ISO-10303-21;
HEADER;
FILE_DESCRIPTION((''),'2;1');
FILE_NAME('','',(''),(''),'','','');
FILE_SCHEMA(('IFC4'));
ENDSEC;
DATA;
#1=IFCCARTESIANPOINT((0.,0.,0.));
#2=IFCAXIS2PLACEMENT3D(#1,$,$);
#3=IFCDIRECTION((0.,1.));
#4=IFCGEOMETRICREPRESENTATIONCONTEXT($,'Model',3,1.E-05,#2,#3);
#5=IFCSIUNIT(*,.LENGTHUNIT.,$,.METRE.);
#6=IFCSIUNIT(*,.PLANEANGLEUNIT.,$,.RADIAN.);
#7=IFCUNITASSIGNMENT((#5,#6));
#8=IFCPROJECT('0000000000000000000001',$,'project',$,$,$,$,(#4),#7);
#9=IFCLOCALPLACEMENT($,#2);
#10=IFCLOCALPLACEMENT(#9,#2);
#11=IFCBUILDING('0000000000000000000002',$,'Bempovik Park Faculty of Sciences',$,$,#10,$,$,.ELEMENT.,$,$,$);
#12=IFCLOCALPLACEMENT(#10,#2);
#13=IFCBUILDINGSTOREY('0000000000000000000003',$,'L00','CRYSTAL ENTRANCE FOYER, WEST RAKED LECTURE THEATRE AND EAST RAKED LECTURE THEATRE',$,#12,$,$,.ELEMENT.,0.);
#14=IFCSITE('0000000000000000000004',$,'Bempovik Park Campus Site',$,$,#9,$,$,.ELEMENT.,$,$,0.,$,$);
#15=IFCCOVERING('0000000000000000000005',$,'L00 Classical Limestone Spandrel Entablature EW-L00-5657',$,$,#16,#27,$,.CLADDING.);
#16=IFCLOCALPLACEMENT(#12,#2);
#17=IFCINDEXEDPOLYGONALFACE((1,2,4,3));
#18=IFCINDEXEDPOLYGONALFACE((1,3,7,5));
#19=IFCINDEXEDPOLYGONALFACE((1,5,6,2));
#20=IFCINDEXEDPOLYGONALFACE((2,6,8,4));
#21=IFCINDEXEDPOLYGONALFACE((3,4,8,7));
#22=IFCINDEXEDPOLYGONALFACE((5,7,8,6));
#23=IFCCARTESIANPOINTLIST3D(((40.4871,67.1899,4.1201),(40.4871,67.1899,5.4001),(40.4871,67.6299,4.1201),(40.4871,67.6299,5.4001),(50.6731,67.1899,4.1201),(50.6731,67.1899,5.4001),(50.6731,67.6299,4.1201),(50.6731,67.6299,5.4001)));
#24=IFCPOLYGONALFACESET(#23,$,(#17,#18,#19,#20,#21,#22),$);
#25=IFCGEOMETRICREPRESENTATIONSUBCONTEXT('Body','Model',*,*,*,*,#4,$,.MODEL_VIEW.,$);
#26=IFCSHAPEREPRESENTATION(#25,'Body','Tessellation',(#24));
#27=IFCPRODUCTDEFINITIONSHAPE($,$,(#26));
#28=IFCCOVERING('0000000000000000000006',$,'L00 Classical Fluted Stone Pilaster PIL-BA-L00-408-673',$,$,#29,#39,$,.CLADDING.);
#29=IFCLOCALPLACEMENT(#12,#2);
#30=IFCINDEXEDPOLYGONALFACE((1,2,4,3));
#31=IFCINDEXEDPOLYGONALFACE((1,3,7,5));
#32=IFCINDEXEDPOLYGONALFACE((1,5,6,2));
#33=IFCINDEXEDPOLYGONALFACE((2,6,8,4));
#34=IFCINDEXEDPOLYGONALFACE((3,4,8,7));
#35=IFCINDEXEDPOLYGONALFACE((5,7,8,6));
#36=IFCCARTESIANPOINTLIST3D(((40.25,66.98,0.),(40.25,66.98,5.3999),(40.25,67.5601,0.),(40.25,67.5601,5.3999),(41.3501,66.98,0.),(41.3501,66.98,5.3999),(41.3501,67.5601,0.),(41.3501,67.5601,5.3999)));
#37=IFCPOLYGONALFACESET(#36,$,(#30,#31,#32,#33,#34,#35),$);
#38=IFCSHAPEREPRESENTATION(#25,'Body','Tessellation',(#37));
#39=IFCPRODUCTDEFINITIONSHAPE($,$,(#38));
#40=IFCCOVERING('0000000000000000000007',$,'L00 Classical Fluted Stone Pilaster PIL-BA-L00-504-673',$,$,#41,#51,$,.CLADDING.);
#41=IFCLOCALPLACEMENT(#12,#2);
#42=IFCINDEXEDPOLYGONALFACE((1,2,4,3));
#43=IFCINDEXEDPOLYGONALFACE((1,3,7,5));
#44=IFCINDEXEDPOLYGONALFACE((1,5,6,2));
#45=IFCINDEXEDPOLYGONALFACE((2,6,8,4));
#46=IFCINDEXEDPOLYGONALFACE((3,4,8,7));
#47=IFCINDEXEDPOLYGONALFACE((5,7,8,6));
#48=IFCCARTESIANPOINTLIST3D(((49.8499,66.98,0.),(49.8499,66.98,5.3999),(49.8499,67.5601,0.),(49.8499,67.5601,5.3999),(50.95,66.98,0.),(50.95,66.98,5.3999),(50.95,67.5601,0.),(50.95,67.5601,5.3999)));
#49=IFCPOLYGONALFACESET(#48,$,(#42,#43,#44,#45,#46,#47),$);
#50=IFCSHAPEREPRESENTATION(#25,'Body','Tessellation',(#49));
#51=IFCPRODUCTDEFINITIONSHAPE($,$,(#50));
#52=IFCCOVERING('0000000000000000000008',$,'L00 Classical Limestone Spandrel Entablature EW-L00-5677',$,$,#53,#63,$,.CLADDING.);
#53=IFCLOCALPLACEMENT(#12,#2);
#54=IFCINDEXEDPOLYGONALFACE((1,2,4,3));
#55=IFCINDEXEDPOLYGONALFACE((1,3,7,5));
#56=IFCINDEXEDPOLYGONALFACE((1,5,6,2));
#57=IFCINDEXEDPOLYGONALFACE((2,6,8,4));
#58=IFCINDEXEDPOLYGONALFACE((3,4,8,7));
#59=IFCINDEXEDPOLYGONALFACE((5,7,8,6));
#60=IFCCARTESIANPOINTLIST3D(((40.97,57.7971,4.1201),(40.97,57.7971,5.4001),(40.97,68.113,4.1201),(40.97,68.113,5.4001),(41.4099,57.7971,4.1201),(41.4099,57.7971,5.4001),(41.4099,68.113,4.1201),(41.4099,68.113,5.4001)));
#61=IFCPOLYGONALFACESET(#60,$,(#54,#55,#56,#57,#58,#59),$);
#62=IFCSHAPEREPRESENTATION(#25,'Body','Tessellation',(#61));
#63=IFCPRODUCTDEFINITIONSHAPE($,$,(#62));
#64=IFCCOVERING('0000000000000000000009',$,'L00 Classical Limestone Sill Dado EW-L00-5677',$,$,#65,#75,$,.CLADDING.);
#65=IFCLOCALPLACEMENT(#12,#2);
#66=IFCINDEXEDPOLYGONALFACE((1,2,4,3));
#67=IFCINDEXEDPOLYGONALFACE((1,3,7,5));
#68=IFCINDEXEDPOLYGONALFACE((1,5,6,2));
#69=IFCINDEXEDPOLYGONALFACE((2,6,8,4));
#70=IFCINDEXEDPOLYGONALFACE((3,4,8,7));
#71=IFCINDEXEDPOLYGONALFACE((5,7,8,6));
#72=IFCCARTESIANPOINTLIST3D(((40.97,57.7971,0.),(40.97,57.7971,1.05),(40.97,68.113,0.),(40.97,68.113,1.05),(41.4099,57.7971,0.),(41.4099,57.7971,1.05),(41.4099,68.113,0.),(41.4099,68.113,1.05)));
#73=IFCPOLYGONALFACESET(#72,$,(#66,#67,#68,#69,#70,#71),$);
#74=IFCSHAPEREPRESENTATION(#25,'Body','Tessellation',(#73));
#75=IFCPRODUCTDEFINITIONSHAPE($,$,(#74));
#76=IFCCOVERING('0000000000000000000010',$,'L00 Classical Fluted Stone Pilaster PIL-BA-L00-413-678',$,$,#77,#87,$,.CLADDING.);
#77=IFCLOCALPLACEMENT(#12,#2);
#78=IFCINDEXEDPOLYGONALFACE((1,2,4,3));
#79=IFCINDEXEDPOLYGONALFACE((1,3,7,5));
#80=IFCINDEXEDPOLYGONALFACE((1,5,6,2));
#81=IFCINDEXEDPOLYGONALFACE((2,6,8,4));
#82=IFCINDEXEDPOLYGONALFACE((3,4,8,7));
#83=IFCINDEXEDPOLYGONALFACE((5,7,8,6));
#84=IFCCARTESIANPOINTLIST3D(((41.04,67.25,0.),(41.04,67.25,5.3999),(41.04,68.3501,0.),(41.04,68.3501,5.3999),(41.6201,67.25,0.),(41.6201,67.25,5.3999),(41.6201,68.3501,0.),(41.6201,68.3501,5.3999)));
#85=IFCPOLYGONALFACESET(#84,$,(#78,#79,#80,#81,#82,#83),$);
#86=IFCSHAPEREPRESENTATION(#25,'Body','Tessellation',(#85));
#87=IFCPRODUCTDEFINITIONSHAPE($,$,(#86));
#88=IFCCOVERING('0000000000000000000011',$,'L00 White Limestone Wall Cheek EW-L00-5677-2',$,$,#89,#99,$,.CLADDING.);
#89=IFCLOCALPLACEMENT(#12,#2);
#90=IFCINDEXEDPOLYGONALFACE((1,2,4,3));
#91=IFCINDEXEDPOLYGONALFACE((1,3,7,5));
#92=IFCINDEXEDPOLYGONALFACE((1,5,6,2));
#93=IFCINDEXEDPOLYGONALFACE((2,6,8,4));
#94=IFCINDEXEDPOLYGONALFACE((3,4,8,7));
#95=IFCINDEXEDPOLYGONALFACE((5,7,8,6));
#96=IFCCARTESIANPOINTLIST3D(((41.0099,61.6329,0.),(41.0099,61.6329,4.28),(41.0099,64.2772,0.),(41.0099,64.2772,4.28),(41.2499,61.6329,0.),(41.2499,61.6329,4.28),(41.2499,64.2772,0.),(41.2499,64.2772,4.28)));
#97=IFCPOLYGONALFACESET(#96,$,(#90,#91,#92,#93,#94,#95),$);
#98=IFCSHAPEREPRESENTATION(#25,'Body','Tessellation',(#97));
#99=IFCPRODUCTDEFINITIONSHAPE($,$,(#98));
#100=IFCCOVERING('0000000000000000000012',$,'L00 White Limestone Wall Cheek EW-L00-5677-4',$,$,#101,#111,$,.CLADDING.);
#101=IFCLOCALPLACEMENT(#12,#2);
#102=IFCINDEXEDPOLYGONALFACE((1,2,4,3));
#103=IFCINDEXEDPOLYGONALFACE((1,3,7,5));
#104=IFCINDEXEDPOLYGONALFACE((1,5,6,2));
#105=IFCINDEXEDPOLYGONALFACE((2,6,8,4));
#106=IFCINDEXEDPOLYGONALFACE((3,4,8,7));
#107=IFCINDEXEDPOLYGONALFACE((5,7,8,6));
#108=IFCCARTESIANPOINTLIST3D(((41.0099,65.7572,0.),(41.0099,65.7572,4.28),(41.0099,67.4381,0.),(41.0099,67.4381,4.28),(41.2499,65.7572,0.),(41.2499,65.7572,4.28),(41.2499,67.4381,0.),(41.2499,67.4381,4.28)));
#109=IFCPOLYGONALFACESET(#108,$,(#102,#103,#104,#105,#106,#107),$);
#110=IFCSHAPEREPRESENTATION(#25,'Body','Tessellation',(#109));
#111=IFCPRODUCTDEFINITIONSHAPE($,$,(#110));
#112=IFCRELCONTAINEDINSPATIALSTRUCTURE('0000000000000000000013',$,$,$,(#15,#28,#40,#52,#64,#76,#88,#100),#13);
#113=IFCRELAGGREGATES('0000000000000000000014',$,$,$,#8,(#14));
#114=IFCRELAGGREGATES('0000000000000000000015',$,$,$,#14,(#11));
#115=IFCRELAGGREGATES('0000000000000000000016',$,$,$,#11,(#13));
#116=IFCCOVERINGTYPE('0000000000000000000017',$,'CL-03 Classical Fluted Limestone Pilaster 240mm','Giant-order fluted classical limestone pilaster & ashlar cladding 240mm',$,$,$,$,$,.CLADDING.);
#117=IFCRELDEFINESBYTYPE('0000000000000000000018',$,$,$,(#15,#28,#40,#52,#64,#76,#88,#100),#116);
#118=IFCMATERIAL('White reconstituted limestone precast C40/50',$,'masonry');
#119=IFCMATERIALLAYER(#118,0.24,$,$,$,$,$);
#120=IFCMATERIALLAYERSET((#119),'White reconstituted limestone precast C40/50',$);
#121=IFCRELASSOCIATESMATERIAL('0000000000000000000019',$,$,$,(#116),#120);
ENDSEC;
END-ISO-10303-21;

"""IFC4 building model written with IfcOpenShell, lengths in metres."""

from ifc_helpers import new_model, si_unit, direction, frame, origin, origin_2d, place, context, subcontext, project, spatial, rectangle, extrude, material, layer, layer_set, type_object, element, save


model = new_model("IFC4")

# Units and contexts
model_context = context("Model", 3, precision=1e-05, world=origin(), true_north=direction((0.0, 1.0)))
body_context = subcontext(model_context, "Body", "Model", "MODEL_VIEW")
ifc_project = project(units=[si_unit("LENGTHUNIT", "METRE"), si_unit("PLANEANGLEUNIT", "RADIAN")], contexts=[model_context])

# Site, building, storey
site_placement = place(None, origin())
site = spatial("IfcSite", under=ifc_project, at=site_placement, Name="Bempovik Park Campus Site", CompositionType="ELEMENT", RefElevation=0.0)
building_placement = place(site_placement, origin())
building = spatial("IfcBuilding", under=site, at=building_placement, Name="Bempovik Park Faculty of Sciences", CompositionType="ELEMENT")
storey_placement = place(building_placement, origin())
storey = spatial("IfcBuildingStorey", under=building, at=storey_placement, Name="L00", Description="CRYSTAL ENTRANCE FOYER, WEST RAKED LECTURE THEATRE AND EAST RAKED LECTURE THEATRE", CompositionType="ELEMENT", Elevation=0.0)

# Coverings
ifc_material_1 = material(Name="White reconstituted limestone precast C40/50", Category="masonry")
ifc_layer_1 = layer(ifc_material_1, 0.24)
ifc_layer_set_1 = layer_set([ifc_layer_1], Name="White reconstituted limestone precast C40/50")
covering_type_1 = type_object("IfcCoveringType", Name="CL-03 Classical Fluted Limestone Pilaster 240mm", Description="Giant-order fluted classical limestone pilaster & ashlar cladding 240mm", PredefinedType="CLADDING", material=ifc_layer_set_1)
covering_1_placement = place(storey_placement, frame((45.5801, 67.4099, 4.1201), z_axis=(0.0, 0.0, 1.0), x_axis=(1.0, 0.0, 0.0)))
element("IfcCovering", 1, at=covering_1_placement, inside=storey, type_object=covering_type_1, Name="L00 Classical Limestone Spandrel Entablature EW-L00-5657", PredefinedType="CLADDING", context=body_context, shape_type="SweptSolid", body=[
    extrude(rectangle(XDim=10.186, YDim=0.4399, at=origin_2d()), origin(), (0.0, 0.0, 1.0), 1.28),
])
for number, where, z_axis, x_axis, name in (
    (2, (40.8, 67.27, 0.0), (0.0, 0.0, 1.0), (1.0, 0.0, 0.0), "L00 Classical Fluted Stone Pilaster PIL-BA-L00-408-673"),
    (3, (50.3999, 67.27, 0.0), (0.0, 0.0, 1.0), (1.0, 0.0, 0.0), "L00 Classical Fluted Stone Pilaster PIL-BA-L00-504-673"),
):
    element("IfcCovering", number, at=place(storey_placement, frame(where, z_axis=z_axis, x_axis=x_axis)), inside=storey, type_object=covering_type_1, Name=name, PredefinedType="CLADDING", context=body_context, shape_type="SweptSolid", body=[
        extrude(rectangle(XDim=1.1001, YDim=0.5801, at=origin_2d()), origin(), (0.0, 0.0, 1.0), 5.3999),
    ])
covering_2_placement = place(storey_placement, frame((41.1899, 62.9551, 4.1201), z_axis=(0.0, 0.0, 1.0), x_axis=(1.0, 0.0, 0.0)))
element("IfcCovering", 4, at=covering_2_placement, inside=storey, type_object=covering_type_1, Name="L00 Classical Limestone Spandrel Entablature EW-L00-5677", PredefinedType="CLADDING", context=body_context, shape_type="SweptSolid", body=[
    extrude(rectangle(XDim=0.4399, YDim=10.3159, at=origin_2d()), origin(), (0.0, 0.0, 1.0), 1.28),
])
covering_3_placement = place(storey_placement, frame((41.1899, 62.9551, 0.0), z_axis=(0.0, 0.0, 1.0), x_axis=(1.0, 0.0, 0.0)))
element("IfcCovering", 5, at=covering_3_placement, inside=storey, type_object=covering_type_1, Name="L00 Classical Limestone Sill Dado EW-L00-5677", PredefinedType="CLADDING", context=body_context, shape_type="SweptSolid", body=[
    extrude(rectangle(XDim=0.4399, YDim=10.3159, at=origin_2d()), origin(), (0.0, 0.0, 1.0), 1.05),
])
covering_4_placement = place(storey_placement, frame((41.3301, 67.8, 0.0), z_axis=(0.0, 0.0, 1.0), x_axis=(1.0, 0.0, 0.0)))
element("IfcCovering", 6, at=covering_4_placement, inside=storey, type_object=covering_type_1, Name="L00 Classical Fluted Stone Pilaster PIL-BA-L00-413-678", PredefinedType="CLADDING", context=body_context, shape_type="SweptSolid", body=[
    extrude(rectangle(XDim=0.5801, YDim=1.1001, at=origin_2d()), origin(), (0.0, 0.0, 1.0), 5.3999),
])
covering_5_placement = place(storey_placement, frame((41.1299, 62.9551, 0.0), z_axis=(0.0, 0.0, 1.0), x_axis=(1.0, 0.0, 0.0)))
element("IfcCovering", 7, at=covering_5_placement, inside=storey, type_object=covering_type_1, Name="L00 White Limestone Wall Cheek EW-L00-5677-2", PredefinedType="CLADDING", context=body_context, shape_type="SweptSolid", body=[
    extrude(rectangle(XDim=0.24, YDim=2.6443, at=origin_2d()), origin(), (0.0, 0.0, 1.0), 4.28),
])
covering_6_placement = place(storey_placement, frame((41.1299, 66.5977, 0.0), z_axis=(0.0, 0.0, 1.0), x_axis=(1.0, 0.0, 0.0)))
element("IfcCovering", 8, at=covering_6_placement, inside=storey, type_object=covering_type_1, Name="L00 White Limestone Wall Cheek EW-L00-5677-4", PredefinedType="CLADDING", context=body_context, shape_type="SweptSolid", body=[
    extrude(rectangle(XDim=0.24, YDim=1.6809, at=origin_2d()), origin(), (0.0, 0.0, 1.0), 4.28),
])

save(model, "model.ifc")
